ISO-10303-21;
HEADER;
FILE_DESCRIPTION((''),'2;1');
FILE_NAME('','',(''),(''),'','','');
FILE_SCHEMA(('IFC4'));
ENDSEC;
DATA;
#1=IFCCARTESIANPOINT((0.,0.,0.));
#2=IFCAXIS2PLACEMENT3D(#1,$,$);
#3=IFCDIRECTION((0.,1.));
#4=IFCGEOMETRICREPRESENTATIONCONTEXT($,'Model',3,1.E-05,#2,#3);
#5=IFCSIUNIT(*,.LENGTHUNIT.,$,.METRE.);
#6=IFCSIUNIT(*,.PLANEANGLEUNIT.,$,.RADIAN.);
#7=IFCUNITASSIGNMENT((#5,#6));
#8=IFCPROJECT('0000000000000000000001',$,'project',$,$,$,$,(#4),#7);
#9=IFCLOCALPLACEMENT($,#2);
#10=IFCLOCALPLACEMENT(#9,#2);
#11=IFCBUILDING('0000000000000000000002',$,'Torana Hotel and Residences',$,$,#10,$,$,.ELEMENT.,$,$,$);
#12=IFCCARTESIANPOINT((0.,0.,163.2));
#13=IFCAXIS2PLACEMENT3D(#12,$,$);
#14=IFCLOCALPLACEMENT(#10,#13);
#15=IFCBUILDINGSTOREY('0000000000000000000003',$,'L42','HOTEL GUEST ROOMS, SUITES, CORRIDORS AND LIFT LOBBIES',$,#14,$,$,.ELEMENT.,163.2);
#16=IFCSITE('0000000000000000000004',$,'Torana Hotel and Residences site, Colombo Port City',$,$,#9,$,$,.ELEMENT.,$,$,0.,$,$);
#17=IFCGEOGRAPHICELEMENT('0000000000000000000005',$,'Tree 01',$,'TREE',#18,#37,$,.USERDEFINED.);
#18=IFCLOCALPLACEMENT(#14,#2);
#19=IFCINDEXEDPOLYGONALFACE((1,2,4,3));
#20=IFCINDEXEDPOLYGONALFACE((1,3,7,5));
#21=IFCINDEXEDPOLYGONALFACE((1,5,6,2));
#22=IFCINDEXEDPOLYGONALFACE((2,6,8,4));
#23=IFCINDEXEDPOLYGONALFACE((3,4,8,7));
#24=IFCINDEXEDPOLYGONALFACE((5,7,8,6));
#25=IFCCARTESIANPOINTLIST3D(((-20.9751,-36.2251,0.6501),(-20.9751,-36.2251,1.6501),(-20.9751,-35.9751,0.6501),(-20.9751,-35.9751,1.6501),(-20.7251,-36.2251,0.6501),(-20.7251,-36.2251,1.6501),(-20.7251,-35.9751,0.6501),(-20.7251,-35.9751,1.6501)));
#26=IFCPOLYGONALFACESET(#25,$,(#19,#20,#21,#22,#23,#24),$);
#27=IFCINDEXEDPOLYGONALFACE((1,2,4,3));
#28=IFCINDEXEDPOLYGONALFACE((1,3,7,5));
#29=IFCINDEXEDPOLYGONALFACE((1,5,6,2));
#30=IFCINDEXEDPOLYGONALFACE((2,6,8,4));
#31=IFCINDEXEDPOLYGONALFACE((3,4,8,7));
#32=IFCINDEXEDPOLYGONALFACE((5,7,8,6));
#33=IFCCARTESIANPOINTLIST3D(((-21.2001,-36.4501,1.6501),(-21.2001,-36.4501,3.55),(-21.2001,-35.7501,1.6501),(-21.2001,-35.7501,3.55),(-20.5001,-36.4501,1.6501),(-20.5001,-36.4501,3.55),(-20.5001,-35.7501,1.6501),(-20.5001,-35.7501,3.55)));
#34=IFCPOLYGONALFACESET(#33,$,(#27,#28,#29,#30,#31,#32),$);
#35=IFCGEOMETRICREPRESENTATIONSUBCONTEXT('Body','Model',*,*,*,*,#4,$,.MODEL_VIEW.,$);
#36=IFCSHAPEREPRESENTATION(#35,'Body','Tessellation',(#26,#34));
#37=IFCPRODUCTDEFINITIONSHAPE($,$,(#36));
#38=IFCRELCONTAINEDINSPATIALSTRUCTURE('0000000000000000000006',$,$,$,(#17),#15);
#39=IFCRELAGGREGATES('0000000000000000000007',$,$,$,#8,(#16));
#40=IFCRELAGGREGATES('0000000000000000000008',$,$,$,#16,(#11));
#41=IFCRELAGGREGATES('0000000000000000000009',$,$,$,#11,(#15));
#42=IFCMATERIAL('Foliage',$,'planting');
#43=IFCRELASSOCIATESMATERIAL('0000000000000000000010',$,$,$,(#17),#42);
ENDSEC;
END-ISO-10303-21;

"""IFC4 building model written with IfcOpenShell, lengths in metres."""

from ifc_helpers import new_model, si_unit, direction, frame, origin, origin_2d, place, context, subcontext, project, spatial, rectangle, extrude, material, element, save


model = new_model("IFC4")

# Units and contexts
model_context = context("Model", 3, precision=1e-05, world=origin(), true_north=direction((0.0, 1.0)))
body_context = subcontext(model_context, "Body", "Model", "MODEL_VIEW")
ifc_project = project(units=[si_unit("LENGTHUNIT", "METRE"), si_unit("PLANEANGLEUNIT", "RADIAN")], contexts=[model_context])

# Site, building, storey
site_placement = place(None, origin())
site = spatial("IfcSite", under=ifc_project, at=site_placement, Name="Torana Hotel and Residences site, Colombo Port City", CompositionType="ELEMENT", RefElevation=0.0)
building_placement = place(site_placement, origin())
building = spatial("IfcBuilding", under=site, at=building_placement, Name="Torana Hotel and Residences", CompositionType="ELEMENT")
storey_placement = place(building_placement, frame((0.0, 0.0, 163.2)))
storey = spatial("IfcBuildingStorey", under=building, at=storey_placement, Name="L42", Description="HOTEL GUEST ROOMS, SUITES, CORRIDORS AND LIFT LOBBIES", CompositionType="ELEMENT", Elevation=163.2)

# Geographic element
ifc_material_1 = material(Name="Foliage", Category="planting")
geographic_element_placement = place(storey_placement, frame((-20.8501, -36.1001, 0.6501), z_axis=(0.0, 0.0, 1.0), x_axis=(1.0, 0.0, 0.0)))
element("IfcGeographicElement", 1, at=geographic_element_placement, inside=storey, material=ifc_material_1, Name="Tree 01", ObjectType="TREE", PredefinedType="USERDEFINED", context=body_context, shape_type="SweptSolid", body=[
    extrude(rectangle(XDim=0.25, YDim=0.25, at=origin_2d()), origin(), (0.0, 0.0, 1.0), 1.0),
    extrude(rectangle(XDim=0.7, YDim=0.7, at=origin_2d()), frame((0.0, 0.0, 1.0)), (0.0, 0.0, 1.0), 1.8999),
])

save(model, "model.ifc")
